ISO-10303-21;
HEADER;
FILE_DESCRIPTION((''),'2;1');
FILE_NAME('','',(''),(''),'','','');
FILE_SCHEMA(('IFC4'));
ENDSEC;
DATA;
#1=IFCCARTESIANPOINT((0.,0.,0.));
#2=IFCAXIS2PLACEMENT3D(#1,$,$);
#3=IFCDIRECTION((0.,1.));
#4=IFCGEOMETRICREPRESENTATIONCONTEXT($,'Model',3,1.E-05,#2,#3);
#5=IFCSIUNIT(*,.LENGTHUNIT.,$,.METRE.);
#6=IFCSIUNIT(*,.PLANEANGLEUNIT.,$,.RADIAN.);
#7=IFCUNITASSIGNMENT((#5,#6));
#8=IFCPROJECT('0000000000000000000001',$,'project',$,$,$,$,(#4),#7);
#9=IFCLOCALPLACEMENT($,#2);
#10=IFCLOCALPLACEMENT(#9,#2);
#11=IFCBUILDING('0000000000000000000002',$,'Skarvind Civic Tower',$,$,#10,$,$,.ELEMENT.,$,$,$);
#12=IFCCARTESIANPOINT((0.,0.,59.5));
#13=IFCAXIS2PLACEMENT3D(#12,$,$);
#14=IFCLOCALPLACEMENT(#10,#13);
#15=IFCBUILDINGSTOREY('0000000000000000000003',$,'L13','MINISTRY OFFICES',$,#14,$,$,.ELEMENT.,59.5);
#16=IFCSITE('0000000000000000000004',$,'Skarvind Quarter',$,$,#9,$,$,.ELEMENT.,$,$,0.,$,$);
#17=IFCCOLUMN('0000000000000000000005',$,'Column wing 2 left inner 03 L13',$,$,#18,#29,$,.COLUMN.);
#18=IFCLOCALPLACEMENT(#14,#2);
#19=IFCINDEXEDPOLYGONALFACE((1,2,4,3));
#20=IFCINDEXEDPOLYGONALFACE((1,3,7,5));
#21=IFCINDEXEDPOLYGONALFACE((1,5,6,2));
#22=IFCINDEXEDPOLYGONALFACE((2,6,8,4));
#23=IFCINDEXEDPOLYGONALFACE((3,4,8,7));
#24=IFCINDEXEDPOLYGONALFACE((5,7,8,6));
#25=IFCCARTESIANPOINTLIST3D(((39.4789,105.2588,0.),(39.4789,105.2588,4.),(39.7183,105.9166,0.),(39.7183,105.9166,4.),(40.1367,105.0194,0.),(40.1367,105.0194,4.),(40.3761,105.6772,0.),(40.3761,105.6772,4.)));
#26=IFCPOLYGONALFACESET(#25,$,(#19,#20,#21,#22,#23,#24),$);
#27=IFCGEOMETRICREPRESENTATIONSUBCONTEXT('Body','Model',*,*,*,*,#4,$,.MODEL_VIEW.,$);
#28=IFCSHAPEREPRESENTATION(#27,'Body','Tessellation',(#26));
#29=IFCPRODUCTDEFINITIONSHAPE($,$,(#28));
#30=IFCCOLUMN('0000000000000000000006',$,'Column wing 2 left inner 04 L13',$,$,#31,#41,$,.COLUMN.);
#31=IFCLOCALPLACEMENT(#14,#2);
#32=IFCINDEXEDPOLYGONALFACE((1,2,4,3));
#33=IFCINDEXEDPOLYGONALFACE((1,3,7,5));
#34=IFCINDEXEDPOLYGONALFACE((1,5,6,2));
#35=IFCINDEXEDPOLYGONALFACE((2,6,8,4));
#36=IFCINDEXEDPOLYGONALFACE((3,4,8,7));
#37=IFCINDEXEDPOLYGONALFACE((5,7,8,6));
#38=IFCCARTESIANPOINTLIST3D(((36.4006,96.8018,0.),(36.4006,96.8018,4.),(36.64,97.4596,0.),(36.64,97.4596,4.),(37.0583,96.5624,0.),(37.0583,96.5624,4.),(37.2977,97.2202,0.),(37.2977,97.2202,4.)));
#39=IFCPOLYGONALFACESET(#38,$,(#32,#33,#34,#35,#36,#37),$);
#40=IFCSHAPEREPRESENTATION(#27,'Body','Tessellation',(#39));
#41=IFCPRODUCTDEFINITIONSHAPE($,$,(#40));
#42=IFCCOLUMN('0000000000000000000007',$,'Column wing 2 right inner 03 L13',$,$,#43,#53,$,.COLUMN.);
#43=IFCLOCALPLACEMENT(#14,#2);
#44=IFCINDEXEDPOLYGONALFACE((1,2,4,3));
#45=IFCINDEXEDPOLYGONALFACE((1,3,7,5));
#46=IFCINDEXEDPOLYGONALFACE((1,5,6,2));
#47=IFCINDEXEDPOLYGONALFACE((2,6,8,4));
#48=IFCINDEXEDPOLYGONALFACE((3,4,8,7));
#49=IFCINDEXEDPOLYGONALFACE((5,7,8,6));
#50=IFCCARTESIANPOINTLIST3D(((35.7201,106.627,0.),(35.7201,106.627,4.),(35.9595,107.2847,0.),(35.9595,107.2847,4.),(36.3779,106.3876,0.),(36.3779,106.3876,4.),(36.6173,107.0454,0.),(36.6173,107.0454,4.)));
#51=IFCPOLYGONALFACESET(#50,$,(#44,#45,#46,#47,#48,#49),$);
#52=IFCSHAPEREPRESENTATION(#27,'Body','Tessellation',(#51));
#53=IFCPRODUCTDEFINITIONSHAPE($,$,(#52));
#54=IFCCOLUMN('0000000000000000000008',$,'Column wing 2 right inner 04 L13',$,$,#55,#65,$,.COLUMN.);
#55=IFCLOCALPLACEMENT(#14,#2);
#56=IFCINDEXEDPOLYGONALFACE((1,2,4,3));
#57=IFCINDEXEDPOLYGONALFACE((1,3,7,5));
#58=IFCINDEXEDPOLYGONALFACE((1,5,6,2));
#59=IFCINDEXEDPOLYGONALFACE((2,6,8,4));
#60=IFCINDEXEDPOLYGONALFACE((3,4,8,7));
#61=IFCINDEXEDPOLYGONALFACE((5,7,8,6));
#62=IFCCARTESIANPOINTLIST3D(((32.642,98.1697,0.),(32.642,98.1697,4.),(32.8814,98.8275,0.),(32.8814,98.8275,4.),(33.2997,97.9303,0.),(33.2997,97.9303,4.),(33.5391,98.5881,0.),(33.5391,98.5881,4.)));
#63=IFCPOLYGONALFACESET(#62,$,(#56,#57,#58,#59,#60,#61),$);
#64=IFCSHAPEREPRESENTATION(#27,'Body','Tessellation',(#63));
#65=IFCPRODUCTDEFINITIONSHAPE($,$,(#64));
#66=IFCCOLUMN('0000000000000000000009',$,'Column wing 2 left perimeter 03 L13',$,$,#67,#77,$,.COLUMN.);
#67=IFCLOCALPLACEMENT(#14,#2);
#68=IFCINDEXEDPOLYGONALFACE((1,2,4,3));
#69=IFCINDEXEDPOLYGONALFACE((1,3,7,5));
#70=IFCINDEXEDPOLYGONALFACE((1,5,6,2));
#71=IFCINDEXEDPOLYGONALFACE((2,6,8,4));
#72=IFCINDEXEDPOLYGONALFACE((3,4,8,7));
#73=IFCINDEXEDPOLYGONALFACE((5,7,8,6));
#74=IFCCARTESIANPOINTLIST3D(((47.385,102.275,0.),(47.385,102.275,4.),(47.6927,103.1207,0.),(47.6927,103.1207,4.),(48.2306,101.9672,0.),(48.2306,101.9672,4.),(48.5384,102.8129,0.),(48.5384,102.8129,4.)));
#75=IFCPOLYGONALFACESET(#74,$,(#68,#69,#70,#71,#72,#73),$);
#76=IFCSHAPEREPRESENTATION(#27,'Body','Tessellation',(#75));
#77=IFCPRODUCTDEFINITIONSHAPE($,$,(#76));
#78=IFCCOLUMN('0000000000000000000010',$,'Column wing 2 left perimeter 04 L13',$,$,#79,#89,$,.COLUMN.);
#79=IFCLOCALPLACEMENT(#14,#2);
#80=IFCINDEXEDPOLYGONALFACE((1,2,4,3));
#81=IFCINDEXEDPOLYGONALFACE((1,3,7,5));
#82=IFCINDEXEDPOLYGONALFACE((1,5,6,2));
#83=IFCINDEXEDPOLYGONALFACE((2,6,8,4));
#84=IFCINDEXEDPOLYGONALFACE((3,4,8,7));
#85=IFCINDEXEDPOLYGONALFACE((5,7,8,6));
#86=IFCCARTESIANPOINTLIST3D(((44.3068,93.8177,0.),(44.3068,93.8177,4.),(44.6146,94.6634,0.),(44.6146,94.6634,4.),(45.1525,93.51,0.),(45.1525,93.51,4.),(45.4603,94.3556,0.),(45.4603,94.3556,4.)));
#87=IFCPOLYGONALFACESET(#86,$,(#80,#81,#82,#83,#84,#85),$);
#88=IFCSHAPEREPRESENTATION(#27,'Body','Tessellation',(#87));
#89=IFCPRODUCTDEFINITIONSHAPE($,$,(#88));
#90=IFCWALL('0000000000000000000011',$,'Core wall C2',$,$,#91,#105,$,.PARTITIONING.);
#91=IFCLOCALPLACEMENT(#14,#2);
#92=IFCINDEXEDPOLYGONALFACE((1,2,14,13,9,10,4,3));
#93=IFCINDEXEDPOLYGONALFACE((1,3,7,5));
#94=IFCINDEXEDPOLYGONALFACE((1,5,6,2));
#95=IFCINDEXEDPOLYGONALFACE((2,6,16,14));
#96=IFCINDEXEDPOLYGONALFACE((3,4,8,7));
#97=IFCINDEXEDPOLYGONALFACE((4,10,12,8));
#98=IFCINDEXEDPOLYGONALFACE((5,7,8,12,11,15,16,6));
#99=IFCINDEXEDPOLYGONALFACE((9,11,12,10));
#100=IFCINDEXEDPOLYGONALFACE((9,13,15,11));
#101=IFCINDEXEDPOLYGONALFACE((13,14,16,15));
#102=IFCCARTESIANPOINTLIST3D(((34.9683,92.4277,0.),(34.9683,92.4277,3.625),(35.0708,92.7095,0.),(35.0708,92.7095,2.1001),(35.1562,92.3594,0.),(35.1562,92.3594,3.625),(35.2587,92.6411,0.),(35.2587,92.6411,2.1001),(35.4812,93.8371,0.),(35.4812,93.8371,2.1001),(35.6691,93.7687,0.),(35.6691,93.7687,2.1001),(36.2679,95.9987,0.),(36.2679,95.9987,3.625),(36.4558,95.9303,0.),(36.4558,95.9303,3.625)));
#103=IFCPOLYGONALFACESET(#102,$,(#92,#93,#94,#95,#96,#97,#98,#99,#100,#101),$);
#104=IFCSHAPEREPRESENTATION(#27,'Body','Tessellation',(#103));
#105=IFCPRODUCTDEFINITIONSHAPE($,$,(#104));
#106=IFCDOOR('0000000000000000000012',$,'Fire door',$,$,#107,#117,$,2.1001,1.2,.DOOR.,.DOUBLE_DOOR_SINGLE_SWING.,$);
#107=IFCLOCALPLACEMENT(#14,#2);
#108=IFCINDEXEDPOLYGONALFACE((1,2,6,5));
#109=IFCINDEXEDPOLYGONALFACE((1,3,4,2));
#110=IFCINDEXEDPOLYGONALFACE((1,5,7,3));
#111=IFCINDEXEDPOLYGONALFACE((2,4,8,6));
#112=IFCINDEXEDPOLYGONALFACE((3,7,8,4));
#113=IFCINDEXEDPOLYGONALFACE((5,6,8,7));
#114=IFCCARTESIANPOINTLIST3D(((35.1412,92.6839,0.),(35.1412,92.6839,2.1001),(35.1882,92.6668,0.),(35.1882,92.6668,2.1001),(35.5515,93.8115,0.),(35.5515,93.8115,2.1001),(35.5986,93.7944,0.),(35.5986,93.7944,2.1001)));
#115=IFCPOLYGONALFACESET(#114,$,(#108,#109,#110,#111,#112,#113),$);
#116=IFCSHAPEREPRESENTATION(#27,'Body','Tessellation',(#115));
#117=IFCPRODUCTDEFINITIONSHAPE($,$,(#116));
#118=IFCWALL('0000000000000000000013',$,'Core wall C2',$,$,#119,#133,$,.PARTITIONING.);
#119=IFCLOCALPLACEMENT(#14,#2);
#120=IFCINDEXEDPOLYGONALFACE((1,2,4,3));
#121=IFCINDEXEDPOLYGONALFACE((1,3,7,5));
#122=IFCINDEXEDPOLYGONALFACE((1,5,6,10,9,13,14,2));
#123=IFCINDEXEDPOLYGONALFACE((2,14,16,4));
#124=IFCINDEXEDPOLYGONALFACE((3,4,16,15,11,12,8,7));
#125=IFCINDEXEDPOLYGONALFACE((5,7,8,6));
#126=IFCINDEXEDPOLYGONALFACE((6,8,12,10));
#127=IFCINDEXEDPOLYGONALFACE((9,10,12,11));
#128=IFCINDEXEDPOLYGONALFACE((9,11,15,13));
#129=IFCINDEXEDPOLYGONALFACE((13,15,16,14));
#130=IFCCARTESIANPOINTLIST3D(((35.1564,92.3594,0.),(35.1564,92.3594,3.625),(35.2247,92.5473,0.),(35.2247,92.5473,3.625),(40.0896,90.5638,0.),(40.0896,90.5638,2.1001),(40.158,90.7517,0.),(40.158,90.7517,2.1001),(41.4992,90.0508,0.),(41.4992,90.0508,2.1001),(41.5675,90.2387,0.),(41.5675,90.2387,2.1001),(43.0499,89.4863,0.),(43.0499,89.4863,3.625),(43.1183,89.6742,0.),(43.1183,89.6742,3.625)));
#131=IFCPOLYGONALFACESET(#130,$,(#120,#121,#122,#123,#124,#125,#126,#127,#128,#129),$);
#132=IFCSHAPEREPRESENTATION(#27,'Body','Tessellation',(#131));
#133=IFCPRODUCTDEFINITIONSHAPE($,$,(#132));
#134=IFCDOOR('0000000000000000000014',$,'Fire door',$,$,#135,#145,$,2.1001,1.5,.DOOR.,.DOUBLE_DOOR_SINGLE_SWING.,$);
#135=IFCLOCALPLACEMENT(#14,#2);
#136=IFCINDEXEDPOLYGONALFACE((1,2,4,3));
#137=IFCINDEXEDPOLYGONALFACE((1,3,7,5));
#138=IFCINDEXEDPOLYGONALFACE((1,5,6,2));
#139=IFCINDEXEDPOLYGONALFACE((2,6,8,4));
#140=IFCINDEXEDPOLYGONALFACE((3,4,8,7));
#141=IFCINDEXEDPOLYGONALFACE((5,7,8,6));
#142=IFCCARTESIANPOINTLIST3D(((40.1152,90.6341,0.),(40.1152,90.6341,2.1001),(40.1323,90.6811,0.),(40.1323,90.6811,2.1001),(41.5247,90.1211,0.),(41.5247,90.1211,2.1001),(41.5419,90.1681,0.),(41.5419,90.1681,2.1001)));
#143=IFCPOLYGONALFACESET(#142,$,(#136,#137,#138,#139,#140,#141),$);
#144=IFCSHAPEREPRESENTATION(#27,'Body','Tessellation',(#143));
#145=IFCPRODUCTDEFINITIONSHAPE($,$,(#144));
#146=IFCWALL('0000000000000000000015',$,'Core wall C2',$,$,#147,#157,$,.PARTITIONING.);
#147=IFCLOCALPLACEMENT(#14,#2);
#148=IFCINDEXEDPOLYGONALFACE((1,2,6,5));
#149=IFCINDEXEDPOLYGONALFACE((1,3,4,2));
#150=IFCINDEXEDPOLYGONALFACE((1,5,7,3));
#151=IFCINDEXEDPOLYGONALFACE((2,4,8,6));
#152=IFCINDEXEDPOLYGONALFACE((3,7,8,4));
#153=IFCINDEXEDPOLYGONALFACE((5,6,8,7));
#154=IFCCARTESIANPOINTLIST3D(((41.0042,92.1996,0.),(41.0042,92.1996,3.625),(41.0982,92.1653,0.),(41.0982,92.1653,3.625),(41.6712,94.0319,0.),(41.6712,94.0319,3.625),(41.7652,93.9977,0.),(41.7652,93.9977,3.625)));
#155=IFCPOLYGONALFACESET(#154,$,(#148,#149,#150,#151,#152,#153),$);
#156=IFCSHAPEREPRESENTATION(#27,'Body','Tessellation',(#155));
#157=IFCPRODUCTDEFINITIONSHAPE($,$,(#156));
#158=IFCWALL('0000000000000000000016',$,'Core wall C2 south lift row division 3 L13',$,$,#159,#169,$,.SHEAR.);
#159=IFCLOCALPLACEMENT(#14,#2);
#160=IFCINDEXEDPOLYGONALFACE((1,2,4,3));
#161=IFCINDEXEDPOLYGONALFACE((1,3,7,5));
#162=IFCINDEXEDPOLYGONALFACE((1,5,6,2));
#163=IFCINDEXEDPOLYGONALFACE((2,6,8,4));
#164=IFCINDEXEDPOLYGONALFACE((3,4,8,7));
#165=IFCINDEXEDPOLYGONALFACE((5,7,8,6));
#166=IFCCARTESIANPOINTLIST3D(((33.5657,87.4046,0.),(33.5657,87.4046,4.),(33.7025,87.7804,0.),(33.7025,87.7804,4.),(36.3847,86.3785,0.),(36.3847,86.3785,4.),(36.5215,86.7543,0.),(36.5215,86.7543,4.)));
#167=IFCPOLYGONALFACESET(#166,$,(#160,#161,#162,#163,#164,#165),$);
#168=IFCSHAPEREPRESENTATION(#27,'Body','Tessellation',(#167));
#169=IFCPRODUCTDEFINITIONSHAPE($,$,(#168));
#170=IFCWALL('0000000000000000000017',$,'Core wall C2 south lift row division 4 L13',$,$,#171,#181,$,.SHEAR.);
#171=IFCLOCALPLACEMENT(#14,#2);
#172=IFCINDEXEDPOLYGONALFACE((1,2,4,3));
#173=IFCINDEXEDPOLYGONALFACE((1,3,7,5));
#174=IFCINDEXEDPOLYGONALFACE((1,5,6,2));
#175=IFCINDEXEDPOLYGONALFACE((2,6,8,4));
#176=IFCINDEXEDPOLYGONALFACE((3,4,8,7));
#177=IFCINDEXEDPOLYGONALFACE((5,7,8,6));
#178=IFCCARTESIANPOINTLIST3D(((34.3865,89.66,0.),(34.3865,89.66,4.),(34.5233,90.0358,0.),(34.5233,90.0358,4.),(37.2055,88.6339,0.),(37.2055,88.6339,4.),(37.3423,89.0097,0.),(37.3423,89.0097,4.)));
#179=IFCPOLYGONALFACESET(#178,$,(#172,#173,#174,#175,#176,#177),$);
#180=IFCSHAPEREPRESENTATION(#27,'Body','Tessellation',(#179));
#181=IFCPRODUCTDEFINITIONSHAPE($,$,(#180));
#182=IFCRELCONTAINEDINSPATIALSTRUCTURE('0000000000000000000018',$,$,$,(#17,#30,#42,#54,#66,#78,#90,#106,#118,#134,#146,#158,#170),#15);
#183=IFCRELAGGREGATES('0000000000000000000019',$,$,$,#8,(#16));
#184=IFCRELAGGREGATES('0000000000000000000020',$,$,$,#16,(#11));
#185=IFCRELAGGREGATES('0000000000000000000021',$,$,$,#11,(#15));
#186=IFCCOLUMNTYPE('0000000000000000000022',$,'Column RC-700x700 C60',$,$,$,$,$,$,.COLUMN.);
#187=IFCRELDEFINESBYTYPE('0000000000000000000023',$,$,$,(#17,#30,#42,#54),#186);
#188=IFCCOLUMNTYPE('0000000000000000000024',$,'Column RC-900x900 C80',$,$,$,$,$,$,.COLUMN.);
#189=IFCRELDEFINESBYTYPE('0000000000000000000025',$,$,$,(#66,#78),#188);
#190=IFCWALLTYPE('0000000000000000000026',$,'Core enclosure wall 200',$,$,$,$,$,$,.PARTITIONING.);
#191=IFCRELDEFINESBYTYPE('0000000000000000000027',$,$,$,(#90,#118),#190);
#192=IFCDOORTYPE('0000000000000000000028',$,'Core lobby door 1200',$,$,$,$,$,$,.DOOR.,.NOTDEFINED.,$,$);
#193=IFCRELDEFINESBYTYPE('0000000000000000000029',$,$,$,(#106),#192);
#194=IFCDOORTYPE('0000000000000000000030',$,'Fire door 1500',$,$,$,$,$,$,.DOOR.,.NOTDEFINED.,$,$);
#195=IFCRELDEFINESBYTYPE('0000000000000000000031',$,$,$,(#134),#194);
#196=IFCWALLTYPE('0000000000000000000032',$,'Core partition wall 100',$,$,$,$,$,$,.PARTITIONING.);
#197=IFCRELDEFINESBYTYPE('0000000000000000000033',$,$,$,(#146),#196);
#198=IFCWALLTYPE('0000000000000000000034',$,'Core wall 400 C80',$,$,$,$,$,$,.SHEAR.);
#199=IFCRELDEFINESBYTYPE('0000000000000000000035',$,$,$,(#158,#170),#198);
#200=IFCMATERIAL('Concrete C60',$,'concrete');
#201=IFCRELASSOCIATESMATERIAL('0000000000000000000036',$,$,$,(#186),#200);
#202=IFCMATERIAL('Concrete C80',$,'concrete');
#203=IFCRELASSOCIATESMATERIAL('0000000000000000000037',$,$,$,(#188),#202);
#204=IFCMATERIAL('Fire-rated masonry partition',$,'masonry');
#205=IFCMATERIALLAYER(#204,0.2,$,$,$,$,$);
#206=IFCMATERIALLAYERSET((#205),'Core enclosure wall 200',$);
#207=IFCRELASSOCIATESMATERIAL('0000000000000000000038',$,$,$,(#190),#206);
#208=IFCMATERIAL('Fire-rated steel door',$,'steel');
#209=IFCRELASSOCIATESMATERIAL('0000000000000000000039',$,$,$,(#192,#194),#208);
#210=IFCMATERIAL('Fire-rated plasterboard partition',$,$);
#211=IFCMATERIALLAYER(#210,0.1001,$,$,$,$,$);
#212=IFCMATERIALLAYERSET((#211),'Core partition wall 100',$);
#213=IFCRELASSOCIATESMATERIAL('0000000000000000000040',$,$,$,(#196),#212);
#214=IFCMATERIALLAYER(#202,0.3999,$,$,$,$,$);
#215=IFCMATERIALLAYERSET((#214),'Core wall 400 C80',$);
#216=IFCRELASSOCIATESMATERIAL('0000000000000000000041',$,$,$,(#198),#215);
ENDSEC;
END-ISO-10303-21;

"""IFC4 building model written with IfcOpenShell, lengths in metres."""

from ifc_helpers import new_model, si_unit, direction, frame, frame_2d, origin, origin_2d, place, context, subcontext, project, spatial, rectangle, extrude, material, layer, layer_set, material_profile, profile_set, type_object, element, fill, save


model = new_model("IFC4")

# Units and contexts
model_context = context("Model", 3, precision=1e-05, world=origin(), true_north=direction((0.0, 1.0)))
body_context = subcontext(model_context, "Body", "Model", "MODEL_VIEW")
ifc_project = project(units=[si_unit("LENGTHUNIT", "METRE"), si_unit("PLANEANGLEUNIT", "RADIAN")], contexts=[model_context])

# Site, building, storey
site_placement = place(None, origin())
site = spatial("IfcSite", under=ifc_project, at=site_placement, Name="Skarvind Quarter", CompositionType="ELEMENT", RefElevation=0.0)
building_placement = place(site_placement, origin())
building = spatial("IfcBuilding", under=site, at=building_placement, Name="Skarvind Civic Tower", CompositionType="ELEMENT")
storey_placement = place(building_placement, frame((0.0, 0.0, 59.5)))
storey = spatial("IfcBuildingStorey", under=building, at=storey_placement, Name="L13", Description="MINISTRY OFFICES", CompositionType="ELEMENT", Elevation=59.5)

# Columns
ifc_material_1 = material(Name="Concrete C60", Category="concrete")
ifc_material_profile_1 = material_profile(ifc_material_1, rectangle(XDim=0.7, YDim=0.7, at=origin_2d()), Name="RC-700x700")
ifc_profile_set_1 = profile_set([ifc_material_profile_1], Name="Concrete C60")
column_type_1 = type_object("IfcColumnType", Name="Column RC-700x700 C60", PredefinedType="COLUMN", material=ifc_profile_set_1)
for number, where, z_axis, x_axis, name in (
    (1, (39.9275, 105.468, 0.0), (0.0, 0.0, 1.0), (-0.34202, -0.939693, 0.0), "Column wing 2 left inner 03 L13"),
    (2, (36.8491, 97.011, 0.0), (0.0, 0.0, 1.0), (-0.34202, -0.939693, 0.0), "Column wing 2 left inner 04 L13"),
    (3, (36.1687, 106.8362, 0.0), (0.0, 0.0, 1.0), (-0.34202, -0.939693, 0.0), "Column wing 2 right inner 03 L13"),
    (4, (33.0906, 98.3789, 0.0), (0.0, 0.0, 1.0), (-0.34202, -0.939693, 0.0), "Column wing 2 right inner 04 L13"),
):
    element("IfcColumn", number, at=place(storey_placement, frame(where, z_axis=z_axis, x_axis=x_axis)), inside=storey, type_object=column_type_1, Name=name, PredefinedType="COLUMN", context=body_context, shape_type="SweptSolid", body=[
        extrude(rectangle(XDim=0.7, YDim=0.7, at=origin_2d()), origin(), (0.0, 0.0, 1.0), 4.0),
    ])
ifc_material_2 = material(Name="Concrete C80", Category="concrete")
ifc_material_profile_2 = material_profile(ifc_material_2, rectangle(XDim=0.8999, YDim=0.8999, at=origin_2d()), Name="RC-900x900")
ifc_profile_set_2 = profile_set([ifc_material_profile_2], Name="Concrete C80")
column_type_2 = type_object("IfcColumnType", Name="Column RC-900x900 C80", PredefinedType="COLUMN", material=ifc_profile_set_2)
for number, where, z_axis, x_axis, name in (
    (5, (47.9617, 102.5439, 0.0), (0.0, 0.0, 1.0), (-0.34202, -0.939693, 0.0), "Column wing 2 left perimeter 03 L13"),
    (6, (44.8835, 94.0867, 0.0), (0.0, 0.0, 1.0), (-0.34202, -0.939693, 0.0), "Column wing 2 left perimeter 04 L13"),
):
    element("IfcColumn", number, at=place(storey_placement, frame(where, z_axis=z_axis, x_axis=x_axis)), inside=storey, type_object=column_type_2, Name=name, PredefinedType="COLUMN", context=body_context, shape_type="SweptSolid", body=[
        extrude(rectangle(XDim=0.8999, YDim=0.8999, at=origin_2d()), origin(), (0.0, 0.0, 1.0), 4.0),
    ])

# Walls, openings, doors
ifc_material_3 = material(Name="Fire-rated masonry partition", Category="masonry")
ifc_layer_1 = layer(ifc_material_3, 0.2)
ifc_layer_set_1 = layer_set([ifc_layer_1], Name="Core enclosure wall 200")
wall_type_1 = type_object("IfcWallType", Name="Core enclosure wall 200", PredefinedType="PARTITIONING", material=ifc_layer_set_1)
wall_1_placement = place(storey_placement, frame((36.3618, 95.9644, 0.0), z_axis=(0.0, 0.0, 1.0), x_axis=(-0.341996, -0.939701, 0.0)))
wall_1 = element("IfcWall", 7, at=wall_1_placement, inside=storey, type_object=wall_type_1, Name="Core wall C2", PredefinedType="PARTITIONING", context=body_context, shape_type="SweptSolid", body=[
    extrude(rectangle(XDim=3.8, YDim=0.2, at=frame_2d((1.8999, 0.0))), origin(), (0.0, 0.0, 1.0), 3.625),
])
opening_1_placement = place(wall_1_placement, frame((2.3, 0.0, 0.0)))
opening_1 = element("IfcOpeningElement", 8, at=opening_1_placement, cuts=wall_1, PredefinedType="OPENING", context=body_context, shape_type="SweptSolid", body=[
    extrude(rectangle(XDim=1.2, YDim=2.1001, at=frame_2d((0.6001, 1.05))), frame((0.0, 0.1099, 0.0), z_axis=(0.0, -1.0, 0.0), x_axis=(1.0, 0.0, 0.0)), (0.0, 0.0, 1.0), 0.22),
])
ifc_material_4 = material(Name="Fire-rated steel door", Category="steel")
door_type_1 = type_object("IfcDoorType", Name="Core lobby door 1200", OperationType="NOTDEFINED", PredefinedType="DOOR", material=ifc_material_4)
door_1_placement = place(opening_1_placement, origin())
door_1 = element("IfcDoor", 9, at=door_1_placement, inside=storey, type_object=door_type_1, Name="Fire door", OperationType="DOUBLE_DOOR_SINGLE_SWING", OverallHeight=2.1001, OverallWidth=1.2, PredefinedType="DOOR", context=body_context, shape_type="SweptSolid", body=[
    extrude(rectangle(XDim=1.2, YDim=2.1001, at=frame_2d((0.6001, 1.05))), frame((0.0, 0.0249, 0.0), z_axis=(0.0, -1.0, 0.0), x_axis=(1.0, 0.0, 0.0)), (0.0, 0.0, 1.0), 0.05),
])
fill(opening_1, door_1)
wall_2_placement = place(storey_placement, frame((35.1904, 92.4534, 0.0), z_axis=(0.0, 0.0, 1.0), x_axis=(0.939692, -0.342023, 0.0)))
wall_2 = element("IfcWall", 10, at=wall_2_placement, inside=storey, type_object=wall_type_1, Name="Core wall C2", PredefinedType="PARTITIONING", context=body_context, shape_type="SweptSolid", body=[
    extrude(rectangle(XDim=8.4001, YDim=0.2, at=frame_2d((4.2002, 0.0))), origin(), (0.0, 0.0, 1.0), 3.625),
])
opening_2_placement = place(wall_2_placement, frame((5.25, 0.0, 0.0)))
opening_2 = element("IfcOpeningElement", 11, at=opening_2_placement, cuts=wall_2, PredefinedType="OPENING", context=body_context, shape_type="SweptSolid", body=[
    extrude(rectangle(XDim=1.5, YDim=2.1001, at=frame_2d((0.75, 1.05))), frame((0.0, 0.1099, 0.0), z_axis=(0.0, -1.0, 0.0), x_axis=(1.0, 0.0, 0.0)), (0.0, 0.0, 1.0), 0.22),
])
door_type_2 = type_object("IfcDoorType", Name="Fire door 1500", OperationType="NOTDEFINED", PredefinedType="DOOR", material=ifc_material_4)
door_2_placement = place(opening_2_placement, origin())
door_2 = element("IfcDoor", 12, at=door_2_placement, inside=storey, type_object=door_type_2, Name="Fire door", OperationType="DOUBLE_DOOR_SINGLE_SWING", OverallHeight=2.1001, OverallWidth=1.5, PredefinedType="DOOR", context=body_context, shape_type="SweptSolid", body=[
    extrude(rectangle(XDim=1.5, YDim=2.1001, at=frame_2d((0.75, 1.05))), frame((0.0, 0.0249, 0.0), z_axis=(0.0, -1.0, 0.0), x_axis=(1.0, 0.0, 0.0)), (0.0, 0.0, 1.0), 0.05),
])
fill(opening_2, door_2)

# Walls
ifc_material_5 = material(Name="Fire-rated plasterboard partition")
ifc_layer_2 = layer(ifc_material_5, 0.1001)
ifc_layer_set_2 = layer_set([ifc_layer_2], Name="Core partition wall 100")
wall_type_2 = type_object("IfcWallType", Name="Core partition wall 100", PredefinedType="PARTITIONING", material=ifc_layer_set_2)
wall_3_placement = place(storey_placement, frame((41.7183, 94.0149, 0.0), z_axis=(0.0, 0.0, 1.0), x_axis=(-0.342065, -0.939676, 0.0)))
element("IfcWall", 13, at=wall_3_placement, inside=storey, type_object=wall_type_2, Name="Core wall C2", PredefinedType="PARTITIONING", context=body_context, shape_type="SweptSolid", body=[
    extrude(rectangle(XDim=1.95, YDim=0.1001, at=frame_2d((0.9751, 0.0))), origin(), (0.0, 0.0, 1.0), 3.625),
])
ifc_layer_3 = layer(ifc_material_2, 0.3999)
ifc_layer_set_3 = layer_set([ifc_layer_3], Name="Core wall 400 C80")
wall_type_3 = type_object("IfcWallType", Name="Core wall 400 C80", PredefinedType="SHEAR", material=ifc_layer_set_3)
for number, where, z_axis, x_axis, name in (
    (14, (36.4531, 86.5664, 0.0), (0.0, 0.0, 1.0), (-0.939686, 0.342037, 0.0), "Core wall C2 south lift row division 3 L13"),
    (15, (37.2739, 88.8218, 0.0), (0.0, 0.0, 1.0), (-0.939686, 0.342037, 0.0), "Core wall C2 south lift row division 4 L13"),
):
    element("IfcWall", number, at=place(storey_placement, frame(where, z_axis=z_axis, x_axis=x_axis)), inside=storey, type_object=wall_type_3, Name=name, PredefinedType="SHEAR", context=body_context, shape_type="SweptSolid", body=[
        extrude(rectangle(XDim=3.0, YDim=0.3999, at=frame_2d((1.5, 0.0))), origin(), (0.0, 0.0, 1.0), 4.0),
    ])

save(model, "model.ifc")
